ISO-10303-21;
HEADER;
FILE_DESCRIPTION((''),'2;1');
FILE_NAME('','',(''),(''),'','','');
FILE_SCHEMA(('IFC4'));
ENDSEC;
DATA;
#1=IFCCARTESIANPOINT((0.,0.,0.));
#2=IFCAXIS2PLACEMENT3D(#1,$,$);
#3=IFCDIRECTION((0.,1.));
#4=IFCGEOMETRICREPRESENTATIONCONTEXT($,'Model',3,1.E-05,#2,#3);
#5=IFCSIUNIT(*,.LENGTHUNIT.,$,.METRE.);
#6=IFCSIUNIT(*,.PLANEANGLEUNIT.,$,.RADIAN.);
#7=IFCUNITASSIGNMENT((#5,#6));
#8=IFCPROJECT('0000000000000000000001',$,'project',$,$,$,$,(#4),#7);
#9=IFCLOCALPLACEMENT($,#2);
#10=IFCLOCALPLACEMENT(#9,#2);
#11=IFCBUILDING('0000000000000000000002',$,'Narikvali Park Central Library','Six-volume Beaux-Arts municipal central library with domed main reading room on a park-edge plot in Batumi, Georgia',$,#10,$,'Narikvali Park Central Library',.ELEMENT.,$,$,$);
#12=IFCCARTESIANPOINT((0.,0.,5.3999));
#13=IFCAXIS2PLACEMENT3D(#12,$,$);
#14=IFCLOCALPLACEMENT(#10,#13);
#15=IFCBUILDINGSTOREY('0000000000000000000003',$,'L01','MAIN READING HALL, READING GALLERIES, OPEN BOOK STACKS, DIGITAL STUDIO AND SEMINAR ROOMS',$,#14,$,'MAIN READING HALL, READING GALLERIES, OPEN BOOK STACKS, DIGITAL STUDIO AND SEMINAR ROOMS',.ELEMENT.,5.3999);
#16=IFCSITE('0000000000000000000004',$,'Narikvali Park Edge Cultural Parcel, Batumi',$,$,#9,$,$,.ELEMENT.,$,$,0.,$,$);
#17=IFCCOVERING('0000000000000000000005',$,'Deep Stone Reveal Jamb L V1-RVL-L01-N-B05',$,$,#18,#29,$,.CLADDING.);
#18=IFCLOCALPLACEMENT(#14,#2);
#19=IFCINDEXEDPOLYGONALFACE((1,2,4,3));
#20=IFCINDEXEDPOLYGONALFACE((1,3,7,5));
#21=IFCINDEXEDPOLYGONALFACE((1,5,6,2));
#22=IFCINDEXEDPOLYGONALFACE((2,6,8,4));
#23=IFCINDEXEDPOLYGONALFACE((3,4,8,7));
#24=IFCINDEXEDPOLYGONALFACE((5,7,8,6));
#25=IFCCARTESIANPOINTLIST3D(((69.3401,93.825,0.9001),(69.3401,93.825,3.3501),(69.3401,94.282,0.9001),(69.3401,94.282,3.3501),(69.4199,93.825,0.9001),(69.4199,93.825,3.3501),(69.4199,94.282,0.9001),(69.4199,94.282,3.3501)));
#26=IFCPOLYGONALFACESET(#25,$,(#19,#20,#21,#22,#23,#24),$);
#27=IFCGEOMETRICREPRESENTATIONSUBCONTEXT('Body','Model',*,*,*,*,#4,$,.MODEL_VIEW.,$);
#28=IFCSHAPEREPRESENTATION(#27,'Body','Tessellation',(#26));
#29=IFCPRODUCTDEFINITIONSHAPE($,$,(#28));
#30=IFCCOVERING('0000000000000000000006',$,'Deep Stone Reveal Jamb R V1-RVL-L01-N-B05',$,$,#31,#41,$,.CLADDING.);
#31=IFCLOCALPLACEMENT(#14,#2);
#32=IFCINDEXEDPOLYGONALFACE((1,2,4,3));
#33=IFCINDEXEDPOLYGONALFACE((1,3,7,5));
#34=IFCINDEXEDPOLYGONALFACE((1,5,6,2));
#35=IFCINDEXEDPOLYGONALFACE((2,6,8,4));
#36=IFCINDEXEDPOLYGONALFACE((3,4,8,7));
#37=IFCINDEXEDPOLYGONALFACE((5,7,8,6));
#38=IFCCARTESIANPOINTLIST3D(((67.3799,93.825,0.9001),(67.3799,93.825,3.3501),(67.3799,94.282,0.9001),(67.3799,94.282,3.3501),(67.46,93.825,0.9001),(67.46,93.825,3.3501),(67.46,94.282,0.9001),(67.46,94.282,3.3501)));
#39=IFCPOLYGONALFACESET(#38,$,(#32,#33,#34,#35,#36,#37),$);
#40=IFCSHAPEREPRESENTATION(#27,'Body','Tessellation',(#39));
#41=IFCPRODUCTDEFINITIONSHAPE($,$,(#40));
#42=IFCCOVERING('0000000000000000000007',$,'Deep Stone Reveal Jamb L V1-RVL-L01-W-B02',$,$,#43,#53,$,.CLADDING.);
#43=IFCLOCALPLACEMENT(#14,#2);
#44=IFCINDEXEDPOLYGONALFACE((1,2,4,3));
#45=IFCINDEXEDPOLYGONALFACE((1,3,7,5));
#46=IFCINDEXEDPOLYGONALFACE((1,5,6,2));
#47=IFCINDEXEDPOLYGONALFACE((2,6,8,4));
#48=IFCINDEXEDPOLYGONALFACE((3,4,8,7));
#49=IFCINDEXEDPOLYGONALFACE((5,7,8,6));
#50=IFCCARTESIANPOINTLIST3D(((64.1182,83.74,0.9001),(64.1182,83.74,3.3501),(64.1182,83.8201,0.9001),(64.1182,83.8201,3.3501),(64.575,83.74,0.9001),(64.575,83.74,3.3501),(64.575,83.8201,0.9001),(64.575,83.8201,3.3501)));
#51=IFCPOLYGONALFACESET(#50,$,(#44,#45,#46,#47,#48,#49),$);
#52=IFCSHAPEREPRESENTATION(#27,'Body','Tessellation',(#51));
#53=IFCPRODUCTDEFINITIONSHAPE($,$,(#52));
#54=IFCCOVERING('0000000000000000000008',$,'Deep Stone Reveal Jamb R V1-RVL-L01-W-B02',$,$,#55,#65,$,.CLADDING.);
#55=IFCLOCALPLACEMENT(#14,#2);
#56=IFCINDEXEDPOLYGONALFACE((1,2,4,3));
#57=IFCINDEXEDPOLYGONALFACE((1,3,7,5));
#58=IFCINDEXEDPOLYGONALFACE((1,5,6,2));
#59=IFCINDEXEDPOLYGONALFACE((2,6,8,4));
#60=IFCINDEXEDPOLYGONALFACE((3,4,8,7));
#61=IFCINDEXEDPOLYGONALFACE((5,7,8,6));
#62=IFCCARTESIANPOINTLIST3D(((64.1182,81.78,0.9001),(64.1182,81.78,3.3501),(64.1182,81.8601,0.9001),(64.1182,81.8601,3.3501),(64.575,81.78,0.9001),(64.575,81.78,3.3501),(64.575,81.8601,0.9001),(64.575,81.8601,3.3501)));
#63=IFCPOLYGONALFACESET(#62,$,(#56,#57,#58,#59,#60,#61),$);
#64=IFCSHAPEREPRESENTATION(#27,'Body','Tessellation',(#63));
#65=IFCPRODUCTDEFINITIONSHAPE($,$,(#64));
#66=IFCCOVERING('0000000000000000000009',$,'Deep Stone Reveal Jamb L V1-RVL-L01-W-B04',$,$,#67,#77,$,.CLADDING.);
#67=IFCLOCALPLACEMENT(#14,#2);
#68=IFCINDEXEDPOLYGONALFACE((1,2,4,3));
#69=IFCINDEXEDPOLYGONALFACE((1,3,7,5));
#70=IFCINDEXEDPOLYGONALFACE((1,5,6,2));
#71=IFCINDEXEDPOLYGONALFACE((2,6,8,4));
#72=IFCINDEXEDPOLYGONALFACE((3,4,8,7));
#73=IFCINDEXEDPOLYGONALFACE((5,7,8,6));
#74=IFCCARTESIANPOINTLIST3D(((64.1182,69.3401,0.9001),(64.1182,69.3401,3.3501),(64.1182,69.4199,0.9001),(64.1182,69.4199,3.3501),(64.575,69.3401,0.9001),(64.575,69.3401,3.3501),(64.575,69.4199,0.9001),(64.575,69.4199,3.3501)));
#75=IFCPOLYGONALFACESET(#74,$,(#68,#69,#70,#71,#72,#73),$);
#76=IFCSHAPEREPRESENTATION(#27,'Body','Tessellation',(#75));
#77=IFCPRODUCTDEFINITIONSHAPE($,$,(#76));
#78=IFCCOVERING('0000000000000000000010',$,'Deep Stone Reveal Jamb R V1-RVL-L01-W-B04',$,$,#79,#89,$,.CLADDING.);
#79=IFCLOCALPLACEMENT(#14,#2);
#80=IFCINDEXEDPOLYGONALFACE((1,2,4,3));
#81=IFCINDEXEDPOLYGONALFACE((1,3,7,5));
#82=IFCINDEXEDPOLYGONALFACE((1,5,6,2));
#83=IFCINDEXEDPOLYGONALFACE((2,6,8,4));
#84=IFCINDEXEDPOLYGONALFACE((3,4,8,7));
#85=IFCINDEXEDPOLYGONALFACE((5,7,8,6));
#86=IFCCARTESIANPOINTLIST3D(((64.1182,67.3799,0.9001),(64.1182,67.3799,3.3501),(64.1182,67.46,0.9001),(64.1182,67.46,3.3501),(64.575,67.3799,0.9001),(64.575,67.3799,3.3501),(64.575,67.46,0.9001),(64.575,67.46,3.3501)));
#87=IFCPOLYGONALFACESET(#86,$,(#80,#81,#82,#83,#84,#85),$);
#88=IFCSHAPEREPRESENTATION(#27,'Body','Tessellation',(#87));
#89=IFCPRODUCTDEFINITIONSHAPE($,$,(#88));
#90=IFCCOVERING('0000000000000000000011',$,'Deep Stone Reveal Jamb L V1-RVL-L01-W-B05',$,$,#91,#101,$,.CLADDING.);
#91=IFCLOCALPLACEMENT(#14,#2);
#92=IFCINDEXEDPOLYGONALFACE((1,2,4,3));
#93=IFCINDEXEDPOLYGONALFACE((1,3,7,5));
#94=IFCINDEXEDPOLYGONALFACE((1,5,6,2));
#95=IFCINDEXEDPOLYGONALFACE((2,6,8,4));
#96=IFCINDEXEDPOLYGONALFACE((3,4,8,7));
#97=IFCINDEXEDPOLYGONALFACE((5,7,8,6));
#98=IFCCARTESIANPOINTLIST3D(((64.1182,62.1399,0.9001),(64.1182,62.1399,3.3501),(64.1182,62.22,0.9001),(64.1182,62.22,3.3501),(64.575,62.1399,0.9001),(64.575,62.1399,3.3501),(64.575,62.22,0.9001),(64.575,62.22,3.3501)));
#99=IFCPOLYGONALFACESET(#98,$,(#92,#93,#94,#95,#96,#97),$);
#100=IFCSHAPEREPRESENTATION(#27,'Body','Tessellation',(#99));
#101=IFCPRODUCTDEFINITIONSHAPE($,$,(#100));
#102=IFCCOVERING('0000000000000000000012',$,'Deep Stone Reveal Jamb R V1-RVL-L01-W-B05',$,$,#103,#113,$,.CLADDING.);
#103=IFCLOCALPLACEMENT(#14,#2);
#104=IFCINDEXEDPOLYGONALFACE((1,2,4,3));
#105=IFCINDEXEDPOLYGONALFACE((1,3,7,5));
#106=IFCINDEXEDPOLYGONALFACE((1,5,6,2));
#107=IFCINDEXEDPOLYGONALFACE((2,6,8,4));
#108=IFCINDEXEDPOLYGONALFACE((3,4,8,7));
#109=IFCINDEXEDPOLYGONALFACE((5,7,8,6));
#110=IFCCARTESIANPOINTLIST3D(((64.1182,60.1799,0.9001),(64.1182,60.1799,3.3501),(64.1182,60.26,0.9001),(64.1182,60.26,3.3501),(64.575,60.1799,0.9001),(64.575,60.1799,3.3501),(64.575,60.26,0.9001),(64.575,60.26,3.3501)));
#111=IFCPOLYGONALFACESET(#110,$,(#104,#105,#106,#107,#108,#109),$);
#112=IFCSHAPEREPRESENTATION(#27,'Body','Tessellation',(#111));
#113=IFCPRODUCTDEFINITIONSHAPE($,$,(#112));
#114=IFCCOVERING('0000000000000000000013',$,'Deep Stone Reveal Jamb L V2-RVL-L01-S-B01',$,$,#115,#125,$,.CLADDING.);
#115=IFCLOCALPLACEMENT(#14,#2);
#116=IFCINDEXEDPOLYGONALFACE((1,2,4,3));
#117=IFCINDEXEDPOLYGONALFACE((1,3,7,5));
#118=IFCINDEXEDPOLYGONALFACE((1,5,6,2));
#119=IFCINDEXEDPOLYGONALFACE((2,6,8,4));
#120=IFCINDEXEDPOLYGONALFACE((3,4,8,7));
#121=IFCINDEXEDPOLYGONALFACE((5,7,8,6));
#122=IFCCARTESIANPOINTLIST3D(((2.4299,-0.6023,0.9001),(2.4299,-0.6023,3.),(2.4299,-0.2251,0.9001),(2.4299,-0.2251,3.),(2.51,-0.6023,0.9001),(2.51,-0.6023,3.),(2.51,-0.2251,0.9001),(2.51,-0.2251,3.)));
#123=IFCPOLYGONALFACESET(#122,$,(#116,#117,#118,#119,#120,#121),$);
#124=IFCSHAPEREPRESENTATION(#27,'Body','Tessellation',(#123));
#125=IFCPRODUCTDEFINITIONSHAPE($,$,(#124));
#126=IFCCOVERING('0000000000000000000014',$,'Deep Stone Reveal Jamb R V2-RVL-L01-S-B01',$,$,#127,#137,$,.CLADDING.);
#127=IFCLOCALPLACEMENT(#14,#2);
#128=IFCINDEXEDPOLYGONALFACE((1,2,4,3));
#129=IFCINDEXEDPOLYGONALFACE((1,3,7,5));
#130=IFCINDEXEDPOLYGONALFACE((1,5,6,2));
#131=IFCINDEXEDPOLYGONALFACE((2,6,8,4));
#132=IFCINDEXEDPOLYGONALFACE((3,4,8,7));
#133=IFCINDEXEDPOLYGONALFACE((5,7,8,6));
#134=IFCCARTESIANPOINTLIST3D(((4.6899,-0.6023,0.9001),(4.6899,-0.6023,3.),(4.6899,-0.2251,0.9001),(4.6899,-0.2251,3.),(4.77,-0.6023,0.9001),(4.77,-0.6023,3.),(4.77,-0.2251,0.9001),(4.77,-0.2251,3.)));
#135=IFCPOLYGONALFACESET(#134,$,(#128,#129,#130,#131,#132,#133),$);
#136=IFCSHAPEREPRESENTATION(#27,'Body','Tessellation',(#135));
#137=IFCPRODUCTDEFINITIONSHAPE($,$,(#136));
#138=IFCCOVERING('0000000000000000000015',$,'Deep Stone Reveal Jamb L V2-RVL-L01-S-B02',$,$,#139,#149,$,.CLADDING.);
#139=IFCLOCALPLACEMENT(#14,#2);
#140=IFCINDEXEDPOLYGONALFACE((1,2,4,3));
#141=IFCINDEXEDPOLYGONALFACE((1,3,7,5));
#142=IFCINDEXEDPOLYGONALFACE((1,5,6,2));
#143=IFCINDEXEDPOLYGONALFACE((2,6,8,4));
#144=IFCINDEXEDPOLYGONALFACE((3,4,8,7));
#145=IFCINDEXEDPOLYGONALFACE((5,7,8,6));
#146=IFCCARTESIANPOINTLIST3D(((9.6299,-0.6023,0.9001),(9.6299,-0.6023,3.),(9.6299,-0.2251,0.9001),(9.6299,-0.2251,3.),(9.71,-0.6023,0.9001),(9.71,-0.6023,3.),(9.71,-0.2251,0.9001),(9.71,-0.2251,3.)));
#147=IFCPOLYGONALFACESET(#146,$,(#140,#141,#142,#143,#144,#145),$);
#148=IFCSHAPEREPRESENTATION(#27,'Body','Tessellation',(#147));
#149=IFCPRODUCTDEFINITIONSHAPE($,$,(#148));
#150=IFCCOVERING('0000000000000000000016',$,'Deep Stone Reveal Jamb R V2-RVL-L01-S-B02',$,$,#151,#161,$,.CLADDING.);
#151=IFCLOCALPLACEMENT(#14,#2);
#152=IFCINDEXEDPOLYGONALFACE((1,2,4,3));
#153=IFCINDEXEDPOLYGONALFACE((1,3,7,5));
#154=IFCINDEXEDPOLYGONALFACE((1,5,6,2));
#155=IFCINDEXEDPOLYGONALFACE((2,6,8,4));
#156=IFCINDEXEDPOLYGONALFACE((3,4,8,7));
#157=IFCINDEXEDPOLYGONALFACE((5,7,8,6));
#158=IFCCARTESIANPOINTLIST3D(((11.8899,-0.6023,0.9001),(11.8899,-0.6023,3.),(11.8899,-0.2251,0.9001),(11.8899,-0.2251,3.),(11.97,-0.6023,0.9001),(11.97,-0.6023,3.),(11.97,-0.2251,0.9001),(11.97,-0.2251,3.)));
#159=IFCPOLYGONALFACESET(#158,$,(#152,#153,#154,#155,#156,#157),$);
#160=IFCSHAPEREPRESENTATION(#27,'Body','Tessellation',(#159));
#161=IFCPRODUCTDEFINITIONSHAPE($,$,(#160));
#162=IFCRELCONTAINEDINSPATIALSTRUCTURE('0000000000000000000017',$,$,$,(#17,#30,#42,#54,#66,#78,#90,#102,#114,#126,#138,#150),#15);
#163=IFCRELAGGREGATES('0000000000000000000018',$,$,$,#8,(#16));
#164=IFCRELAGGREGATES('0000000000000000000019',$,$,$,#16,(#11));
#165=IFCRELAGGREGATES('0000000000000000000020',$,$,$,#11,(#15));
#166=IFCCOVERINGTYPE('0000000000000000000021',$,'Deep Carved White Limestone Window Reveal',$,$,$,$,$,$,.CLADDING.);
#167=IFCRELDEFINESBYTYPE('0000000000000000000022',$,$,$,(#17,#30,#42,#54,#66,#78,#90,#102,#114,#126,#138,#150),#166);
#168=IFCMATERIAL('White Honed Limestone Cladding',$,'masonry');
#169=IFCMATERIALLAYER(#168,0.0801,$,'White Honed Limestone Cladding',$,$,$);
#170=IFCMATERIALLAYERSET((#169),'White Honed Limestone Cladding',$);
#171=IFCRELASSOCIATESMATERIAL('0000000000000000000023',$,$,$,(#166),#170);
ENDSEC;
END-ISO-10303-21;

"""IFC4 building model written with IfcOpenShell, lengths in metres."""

from ifc_helpers import new_model, si_unit, direction, frame, origin, place, context, subcontext, project, spatial, polyline, outline, extrude, material, layer, layer_set, type_object, element, save


model = new_model("IFC4")

# Units and contexts
model_context = context("Model", 3, precision=1e-05, world=origin(), true_north=direction((0.0, 1.0)))
body_context = subcontext(model_context, "Body", "Model", "MODEL_VIEW")
ifc_project = project(units=[si_unit("LENGTHUNIT", "METRE"), si_unit("PLANEANGLEUNIT", "RADIAN")], contexts=[model_context])

# Site, building, storey
site_placement = place(None, origin())
site = spatial("IfcSite", under=ifc_project, at=site_placement, Name="Narikvali Park Edge Cultural Parcel, Batumi", CompositionType="ELEMENT", RefElevation=0.0)
building_placement = place(site_placement, origin())
building = spatial("IfcBuilding", under=site, at=building_placement, Name="Narikvali Park Central Library", Description="Six-volume Beaux-Arts municipal central library with domed main reading room on a park-edge plot in Batumi, Georgia", LongName="Narikvali Park Central Library", CompositionType="ELEMENT")
storey_placement = place(building_placement, frame((0.0, 0.0, 5.3999)))
storey = spatial("IfcBuildingStorey", under=building, at=storey_placement, Name="L01", Description="MAIN READING HALL, READING GALLERIES, OPEN BOOK STACKS, DIGITAL STUDIO AND SEMINAR ROOMS", LongName="MAIN READING HALL, READING GALLERIES, OPEN BOOK STACKS, DIGITAL STUDIO AND SEMINAR ROOMS", CompositionType="ELEMENT", Elevation=5.3999)

# Coverings
ifc_material = material(Name="White Honed Limestone Cladding", Category="masonry")
ifc_layer = layer(ifc_material, 0.0801, Name="White Honed Limestone Cladding")
ifc_layer_set = layer_set([ifc_layer], Name="White Honed Limestone Cladding")
covering_type = type_object("IfcCoveringType", Name="Deep Carved White Limestone Window Reveal", PredefinedType="CLADDING", material=ifc_layer_set)
covering_1_placement = place(storey_placement, frame((0.0, 0.0, 0.9001)))
element("IfcCovering", 1, at=covering_1_placement, inside=storey, type_object=covering_type, Name="Deep Stone Reveal Jamb L V1-RVL-L01-N-B05", PredefinedType="CLADDING", context=body_context, shape_type="SweptSolid", body=[
    extrude(outline(polyline([(69.4199, 93.825), (69.3401, 93.825), (69.3401, 94.282), (69.4199, 94.282), (69.4199, 93.825)])), origin(), (0.0, 0.0, 1.0), 2.45),
])
covering_2_placement = place(storey_placement, frame((0.0, 0.0, 0.9001)))
element("IfcCovering", 2, at=covering_2_placement, inside=storey, type_object=covering_type, Name="Deep Stone Reveal Jamb R V1-RVL-L01-N-B05", PredefinedType="CLADDING", context=body_context, shape_type="SweptSolid", body=[
    extrude(outline(polyline([(67.46, 93.825), (67.3799, 93.825), (67.3799, 94.282), (67.46, 94.282), (67.46, 93.825)])), origin(), (0.0, 0.0, 1.0), 2.45),
])
covering_3_placement = place(storey_placement, frame((0.0, 0.0, 0.9001)))
element("IfcCovering", 3, at=covering_3_placement, inside=storey, type_object=covering_type, Name="Deep Stone Reveal Jamb L V1-RVL-L01-W-B02", PredefinedType="CLADDING", context=body_context, shape_type="SweptSolid", body=[
    extrude(outline(polyline([(64.575, 83.8201), (64.575, 83.74), (64.1182, 83.74), (64.1182, 83.8201), (64.575, 83.8201)])), origin(), (0.0, 0.0, 1.0), 2.45),
])
covering_4_placement = place(storey_placement, frame((0.0, 0.0, 0.9001)))
element("IfcCovering", 4, at=covering_4_placement, inside=storey, type_object=covering_type, Name="Deep Stone Reveal Jamb R V1-RVL-L01-W-B02", PredefinedType="CLADDING", context=body_context, shape_type="SweptSolid", body=[
    extrude(outline(polyline([(64.575, 81.8601), (64.575, 81.78), (64.1182, 81.78), (64.1182, 81.8601), (64.575, 81.8601)])), origin(), (0.0, 0.0, 1.0), 2.45),
])
covering_5_placement = place(storey_placement, frame((0.0, 0.0, 0.9001)))
element("IfcCovering", 5, at=covering_5_placement, inside=storey, type_object=covering_type, Name="Deep Stone Reveal Jamb L V1-RVL-L01-W-B04", PredefinedType="CLADDING", context=body_context, shape_type="SweptSolid", body=[
    extrude(outline(polyline([(64.575, 69.4199), (64.575, 69.3401), (64.1182, 69.3401), (64.1182, 69.4199), (64.575, 69.4199)])), origin(), (0.0, 0.0, 1.0), 2.45),
])
covering_6_placement = place(storey_placement, frame((0.0, 0.0, 0.9001)))
element("IfcCovering", 6, at=covering_6_placement, inside=storey, type_object=covering_type, Name="Deep Stone Reveal Jamb R V1-RVL-L01-W-B04", PredefinedType="CLADDING", context=body_context, shape_type="SweptSolid", body=[
    extrude(outline(polyline([(64.575, 67.46), (64.575, 67.3799), (64.1182, 67.3799), (64.1182, 67.46), (64.575, 67.46)])), origin(), (0.0, 0.0, 1.0), 2.45),
])
covering_7_placement = place(storey_placement, frame((0.0, 0.0, 0.9001)))
element("IfcCovering", 7, at=covering_7_placement, inside=storey, type_object=covering_type, Name="Deep Stone Reveal Jamb L V1-RVL-L01-W-B05", PredefinedType="CLADDING", context=body_context, shape_type="SweptSolid", body=[
    extrude(outline(polyline([(64.575, 62.22), (64.575, 62.1399), (64.1182, 62.1399), (64.1182, 62.22), (64.575, 62.22)])), origin(), (0.0, 0.0, 1.0), 2.45),
])
covering_8_placement = place(storey_placement, frame((0.0, 0.0, 0.9001)))
element("IfcCovering", 8, at=covering_8_placement, inside=storey, type_object=covering_type, Name="Deep Stone Reveal Jamb R V1-RVL-L01-W-B05", PredefinedType="CLADDING", context=body_context, shape_type="SweptSolid", body=[
    extrude(outline(polyline([(64.575, 60.26), (64.575, 60.1799), (64.1182, 60.1799), (64.1182, 60.26), (64.575, 60.26)])), origin(), (0.0, 0.0, 1.0), 2.45),
])
covering_9_placement = place(storey_placement, frame((0.0, 0.0, 0.9001)))
element("IfcCovering", 9, at=covering_9_placement, inside=storey, type_object=covering_type, Name="Deep Stone Reveal Jamb L V2-RVL-L01-S-B01", PredefinedType="CLADDING", context=body_context, shape_type="SweptSolid", body=[
    extrude(outline(polyline([(2.4299, -0.2251), (2.51, -0.2251), (2.51, -0.6023), (2.4299, -0.6023), (2.4299, -0.2251)])), origin(), (0.0, 0.0, 1.0), 2.0999),
])
covering_10_placement = place(storey_placement, frame((0.0, 0.0, 0.9001)))
element("IfcCovering", 10, at=covering_10_placement, inside=storey, type_object=covering_type, Name="Deep Stone Reveal Jamb R V2-RVL-L01-S-B01", PredefinedType="CLADDING", context=body_context, shape_type="SweptSolid", body=[
    extrude(outline(polyline([(4.6899, -0.2251), (4.77, -0.2251), (4.77, -0.6023), (4.6899, -0.6023), (4.6899, -0.2251)])), origin(), (0.0, 0.0, 1.0), 2.0999),
])
covering_11_placement = place(storey_placement, frame((0.0, 0.0, 0.9001)))
element("IfcCovering", 11, at=covering_11_placement, inside=storey, type_object=covering_type, Name="Deep Stone Reveal Jamb L V2-RVL-L01-S-B02", PredefinedType="CLADDING", context=body_context, shape_type="SweptSolid", body=[
    extrude(outline(polyline([(9.6299, -0.2251), (9.71, -0.2251), (9.71, -0.6023), (9.6299, -0.6023), (9.6299, -0.2251)])), origin(), (0.0, 0.0, 1.0), 2.0999),
])
covering_12_placement = place(storey_placement, frame((0.0, 0.0, 0.9001)))
element("IfcCovering", 12, at=covering_12_placement, inside=storey, type_object=covering_type, Name="Deep Stone Reveal Jamb R V2-RVL-L01-S-B02", PredefinedType="CLADDING", context=body_context, shape_type="SweptSolid", body=[
    extrude(outline(polyline([(11.8899, -0.2251), (11.97, -0.2251), (11.97, -0.6023), (11.8899, -0.6023), (11.8899, -0.2251)])), origin(), (0.0, 0.0, 1.0), 2.0999),
])

save(model, "model.ifc")
